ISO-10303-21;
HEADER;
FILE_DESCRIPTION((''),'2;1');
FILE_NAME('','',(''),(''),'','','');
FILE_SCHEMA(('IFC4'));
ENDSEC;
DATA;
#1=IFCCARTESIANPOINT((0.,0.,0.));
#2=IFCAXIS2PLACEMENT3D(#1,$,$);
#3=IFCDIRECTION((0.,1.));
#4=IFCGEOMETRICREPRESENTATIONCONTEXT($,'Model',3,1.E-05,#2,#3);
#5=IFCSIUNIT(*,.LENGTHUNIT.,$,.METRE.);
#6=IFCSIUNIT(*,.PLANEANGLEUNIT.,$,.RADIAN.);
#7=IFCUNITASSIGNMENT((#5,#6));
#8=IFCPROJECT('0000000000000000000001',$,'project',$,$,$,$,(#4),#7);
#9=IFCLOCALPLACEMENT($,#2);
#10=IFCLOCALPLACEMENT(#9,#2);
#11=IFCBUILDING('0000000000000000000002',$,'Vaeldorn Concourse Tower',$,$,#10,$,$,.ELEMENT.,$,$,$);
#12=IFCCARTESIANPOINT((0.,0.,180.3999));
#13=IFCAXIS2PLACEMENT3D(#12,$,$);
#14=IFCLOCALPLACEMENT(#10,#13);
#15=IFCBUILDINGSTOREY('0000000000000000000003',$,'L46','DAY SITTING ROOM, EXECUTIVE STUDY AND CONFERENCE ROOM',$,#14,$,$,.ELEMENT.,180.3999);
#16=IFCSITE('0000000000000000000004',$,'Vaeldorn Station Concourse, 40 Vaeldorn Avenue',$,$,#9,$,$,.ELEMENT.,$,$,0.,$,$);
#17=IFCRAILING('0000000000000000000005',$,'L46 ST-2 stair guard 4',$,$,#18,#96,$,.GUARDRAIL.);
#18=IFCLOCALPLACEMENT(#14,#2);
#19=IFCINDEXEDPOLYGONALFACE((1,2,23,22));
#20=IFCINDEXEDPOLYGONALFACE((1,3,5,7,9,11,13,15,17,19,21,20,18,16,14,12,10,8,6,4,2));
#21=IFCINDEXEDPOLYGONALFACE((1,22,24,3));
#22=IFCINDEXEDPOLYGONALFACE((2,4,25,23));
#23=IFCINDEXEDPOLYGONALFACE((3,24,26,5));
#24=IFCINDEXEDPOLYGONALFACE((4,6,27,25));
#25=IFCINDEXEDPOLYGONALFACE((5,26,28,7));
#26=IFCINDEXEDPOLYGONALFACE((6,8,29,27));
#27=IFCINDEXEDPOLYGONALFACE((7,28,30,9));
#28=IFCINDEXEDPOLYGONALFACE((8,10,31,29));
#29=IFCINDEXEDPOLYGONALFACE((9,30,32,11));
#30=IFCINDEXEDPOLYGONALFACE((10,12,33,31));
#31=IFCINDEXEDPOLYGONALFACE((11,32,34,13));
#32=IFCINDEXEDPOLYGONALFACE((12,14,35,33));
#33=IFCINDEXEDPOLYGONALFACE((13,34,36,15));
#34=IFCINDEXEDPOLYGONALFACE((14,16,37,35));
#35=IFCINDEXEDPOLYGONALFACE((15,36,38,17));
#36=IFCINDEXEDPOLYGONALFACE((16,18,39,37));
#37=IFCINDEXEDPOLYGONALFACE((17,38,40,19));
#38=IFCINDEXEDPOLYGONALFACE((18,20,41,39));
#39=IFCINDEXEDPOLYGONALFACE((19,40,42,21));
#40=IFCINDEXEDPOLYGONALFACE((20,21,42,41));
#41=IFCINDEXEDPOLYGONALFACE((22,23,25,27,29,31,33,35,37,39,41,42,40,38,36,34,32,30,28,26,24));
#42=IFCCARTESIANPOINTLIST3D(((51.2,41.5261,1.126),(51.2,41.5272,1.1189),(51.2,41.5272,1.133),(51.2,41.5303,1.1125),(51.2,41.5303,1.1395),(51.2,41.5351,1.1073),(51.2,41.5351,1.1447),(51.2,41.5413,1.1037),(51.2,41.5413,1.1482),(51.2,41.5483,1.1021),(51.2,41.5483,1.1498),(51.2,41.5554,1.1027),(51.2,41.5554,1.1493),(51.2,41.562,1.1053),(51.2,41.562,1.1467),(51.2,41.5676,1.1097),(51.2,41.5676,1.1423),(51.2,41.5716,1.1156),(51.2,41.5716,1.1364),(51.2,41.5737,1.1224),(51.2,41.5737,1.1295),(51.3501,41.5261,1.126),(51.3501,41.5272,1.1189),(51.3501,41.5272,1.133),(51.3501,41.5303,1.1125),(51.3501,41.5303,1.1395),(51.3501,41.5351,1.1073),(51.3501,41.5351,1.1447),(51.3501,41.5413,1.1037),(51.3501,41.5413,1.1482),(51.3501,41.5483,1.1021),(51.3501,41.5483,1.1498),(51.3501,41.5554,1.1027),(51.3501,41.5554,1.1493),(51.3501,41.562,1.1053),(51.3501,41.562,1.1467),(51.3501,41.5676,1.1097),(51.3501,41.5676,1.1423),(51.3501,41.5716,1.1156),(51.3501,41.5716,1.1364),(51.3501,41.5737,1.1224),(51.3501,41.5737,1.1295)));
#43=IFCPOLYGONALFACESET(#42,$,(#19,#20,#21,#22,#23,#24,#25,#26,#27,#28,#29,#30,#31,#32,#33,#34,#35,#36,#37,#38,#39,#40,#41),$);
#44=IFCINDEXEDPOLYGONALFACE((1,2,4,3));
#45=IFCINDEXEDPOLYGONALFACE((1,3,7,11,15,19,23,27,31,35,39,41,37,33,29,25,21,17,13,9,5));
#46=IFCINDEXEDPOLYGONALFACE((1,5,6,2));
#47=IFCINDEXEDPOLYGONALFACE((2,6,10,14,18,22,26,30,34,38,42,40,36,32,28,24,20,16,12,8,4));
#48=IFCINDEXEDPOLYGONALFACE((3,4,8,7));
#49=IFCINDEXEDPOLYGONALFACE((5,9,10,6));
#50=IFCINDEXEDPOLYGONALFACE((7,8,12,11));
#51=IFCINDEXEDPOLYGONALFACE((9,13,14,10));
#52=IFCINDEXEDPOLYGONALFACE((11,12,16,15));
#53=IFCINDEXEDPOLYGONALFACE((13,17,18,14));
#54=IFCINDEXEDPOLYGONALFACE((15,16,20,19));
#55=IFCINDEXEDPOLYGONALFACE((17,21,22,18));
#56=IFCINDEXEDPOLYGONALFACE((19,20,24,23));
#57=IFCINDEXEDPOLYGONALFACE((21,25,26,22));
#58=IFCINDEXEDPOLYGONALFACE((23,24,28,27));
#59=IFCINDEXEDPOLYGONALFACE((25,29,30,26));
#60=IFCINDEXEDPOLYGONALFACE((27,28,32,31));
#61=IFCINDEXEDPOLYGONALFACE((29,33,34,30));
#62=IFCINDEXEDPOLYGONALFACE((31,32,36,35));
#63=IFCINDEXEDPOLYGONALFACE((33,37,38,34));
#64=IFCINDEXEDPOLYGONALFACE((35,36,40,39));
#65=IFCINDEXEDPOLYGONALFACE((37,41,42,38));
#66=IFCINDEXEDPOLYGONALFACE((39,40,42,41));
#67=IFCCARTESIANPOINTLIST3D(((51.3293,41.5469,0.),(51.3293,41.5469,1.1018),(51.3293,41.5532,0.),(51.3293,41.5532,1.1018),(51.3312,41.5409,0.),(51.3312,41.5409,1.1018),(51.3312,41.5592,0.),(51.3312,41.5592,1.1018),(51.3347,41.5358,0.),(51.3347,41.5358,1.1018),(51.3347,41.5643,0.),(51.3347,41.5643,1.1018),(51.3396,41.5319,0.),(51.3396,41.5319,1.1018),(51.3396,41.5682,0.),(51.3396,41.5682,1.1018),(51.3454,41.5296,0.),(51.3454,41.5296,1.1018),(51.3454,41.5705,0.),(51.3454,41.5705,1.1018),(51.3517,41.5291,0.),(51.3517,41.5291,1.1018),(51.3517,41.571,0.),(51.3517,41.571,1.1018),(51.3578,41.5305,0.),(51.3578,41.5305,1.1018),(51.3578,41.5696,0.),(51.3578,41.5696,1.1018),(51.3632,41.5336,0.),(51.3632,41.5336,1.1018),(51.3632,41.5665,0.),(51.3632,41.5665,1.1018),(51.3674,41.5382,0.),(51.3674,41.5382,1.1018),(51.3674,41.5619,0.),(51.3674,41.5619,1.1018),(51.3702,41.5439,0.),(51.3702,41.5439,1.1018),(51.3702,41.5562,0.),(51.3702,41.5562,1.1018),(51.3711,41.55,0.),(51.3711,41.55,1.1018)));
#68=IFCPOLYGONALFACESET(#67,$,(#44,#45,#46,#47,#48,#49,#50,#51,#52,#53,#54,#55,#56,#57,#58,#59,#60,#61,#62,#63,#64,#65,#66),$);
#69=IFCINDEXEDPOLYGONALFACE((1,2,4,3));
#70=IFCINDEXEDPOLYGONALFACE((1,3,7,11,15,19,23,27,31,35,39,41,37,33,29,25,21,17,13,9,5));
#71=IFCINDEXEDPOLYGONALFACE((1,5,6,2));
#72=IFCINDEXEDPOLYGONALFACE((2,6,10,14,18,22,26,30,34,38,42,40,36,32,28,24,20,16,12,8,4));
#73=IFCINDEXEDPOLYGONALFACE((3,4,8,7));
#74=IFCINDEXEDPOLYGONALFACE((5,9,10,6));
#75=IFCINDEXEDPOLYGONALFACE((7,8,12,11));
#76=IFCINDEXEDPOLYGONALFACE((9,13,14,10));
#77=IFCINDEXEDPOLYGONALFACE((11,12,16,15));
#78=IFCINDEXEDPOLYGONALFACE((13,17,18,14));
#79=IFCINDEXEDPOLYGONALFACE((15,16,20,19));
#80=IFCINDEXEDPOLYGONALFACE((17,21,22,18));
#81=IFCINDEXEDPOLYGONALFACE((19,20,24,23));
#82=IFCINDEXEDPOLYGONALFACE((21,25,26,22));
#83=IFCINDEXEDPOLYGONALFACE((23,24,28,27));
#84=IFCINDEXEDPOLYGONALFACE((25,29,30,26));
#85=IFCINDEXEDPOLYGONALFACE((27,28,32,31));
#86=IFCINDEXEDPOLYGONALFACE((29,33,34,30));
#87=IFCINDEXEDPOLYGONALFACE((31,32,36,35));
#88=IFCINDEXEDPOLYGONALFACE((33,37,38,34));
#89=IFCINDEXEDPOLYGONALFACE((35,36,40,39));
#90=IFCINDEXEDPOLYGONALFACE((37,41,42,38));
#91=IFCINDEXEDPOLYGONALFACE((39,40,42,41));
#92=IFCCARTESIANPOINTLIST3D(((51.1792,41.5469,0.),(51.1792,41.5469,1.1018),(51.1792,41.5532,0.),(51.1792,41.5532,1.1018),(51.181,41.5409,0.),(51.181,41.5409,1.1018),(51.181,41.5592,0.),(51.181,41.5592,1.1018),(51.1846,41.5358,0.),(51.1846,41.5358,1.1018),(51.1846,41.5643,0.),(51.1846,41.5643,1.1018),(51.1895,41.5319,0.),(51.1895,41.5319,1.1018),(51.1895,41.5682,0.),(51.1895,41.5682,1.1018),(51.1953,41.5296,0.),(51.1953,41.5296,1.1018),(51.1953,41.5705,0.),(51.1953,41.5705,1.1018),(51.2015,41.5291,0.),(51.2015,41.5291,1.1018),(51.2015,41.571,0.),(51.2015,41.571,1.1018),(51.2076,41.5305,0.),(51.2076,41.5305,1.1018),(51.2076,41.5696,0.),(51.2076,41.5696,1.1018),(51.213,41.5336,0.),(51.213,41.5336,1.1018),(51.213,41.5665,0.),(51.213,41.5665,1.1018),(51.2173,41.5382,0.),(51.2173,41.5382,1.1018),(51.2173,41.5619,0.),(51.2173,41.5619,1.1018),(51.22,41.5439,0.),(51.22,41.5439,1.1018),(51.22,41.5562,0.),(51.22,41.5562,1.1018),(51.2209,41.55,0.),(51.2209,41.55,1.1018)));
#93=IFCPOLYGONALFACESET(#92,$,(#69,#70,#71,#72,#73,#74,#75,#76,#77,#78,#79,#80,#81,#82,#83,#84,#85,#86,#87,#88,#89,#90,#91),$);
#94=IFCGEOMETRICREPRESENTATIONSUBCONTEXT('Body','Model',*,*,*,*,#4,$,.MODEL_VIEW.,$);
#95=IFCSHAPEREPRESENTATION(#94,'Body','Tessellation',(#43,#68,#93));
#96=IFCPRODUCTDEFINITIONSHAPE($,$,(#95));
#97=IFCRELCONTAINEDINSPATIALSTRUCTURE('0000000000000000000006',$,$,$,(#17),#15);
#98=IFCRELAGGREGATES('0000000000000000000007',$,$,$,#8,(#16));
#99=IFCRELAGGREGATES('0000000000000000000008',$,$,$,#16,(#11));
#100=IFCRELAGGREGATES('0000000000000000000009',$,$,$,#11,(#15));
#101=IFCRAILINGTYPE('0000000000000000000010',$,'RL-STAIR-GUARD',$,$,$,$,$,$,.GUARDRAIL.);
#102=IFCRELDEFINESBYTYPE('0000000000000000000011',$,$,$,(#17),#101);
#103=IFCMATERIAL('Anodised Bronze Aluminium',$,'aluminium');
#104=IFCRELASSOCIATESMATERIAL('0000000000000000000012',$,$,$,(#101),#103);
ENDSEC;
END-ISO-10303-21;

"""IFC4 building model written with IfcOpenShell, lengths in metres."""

from ifc_helpers import new_model, si_unit, direction, frame, origin, origin_2d, place, context, subcontext, project, spatial, circle, extrude, material, type_object, element, save


model = new_model("IFC4")

# Units and contexts
model_context = context("Model", 3, precision=1e-05, world=origin(), true_north=direction((0.0, 1.0)))
body_context = subcontext(model_context, "Body", "Model", "MODEL_VIEW")
ifc_project = project(units=[si_unit("LENGTHUNIT", "METRE"), si_unit("PLANEANGLEUNIT", "RADIAN")], contexts=[model_context])

# Site, building, storey
site_placement = place(None, origin())
site = spatial("IfcSite", under=ifc_project, at=site_placement, Name="Vaeldorn Station Concourse, 40 Vaeldorn Avenue", CompositionType="ELEMENT", RefElevation=0.0)
building_placement = place(site_placement, origin())
building = spatial("IfcBuilding", under=site, at=building_placement, Name="Vaeldorn Concourse Tower", CompositionType="ELEMENT")
storey_placement = place(building_placement, frame((0.0, 0.0, 180.3999)))
storey = spatial("IfcBuildingStorey", under=building, at=storey_placement, Name="L46", Description="DAY SITTING ROOM, EXECUTIVE STUDY AND CONFERENCE ROOM", CompositionType="ELEMENT", Elevation=180.3999)

# Shared definitions
ifc_material_1 = material(Name="Anodised Bronze Aluminium", Category="aluminium")

# Railing
railing_type_1 = type_object("IfcRailingType", Name="RL-STAIR-GUARD", PredefinedType="GUARDRAIL", material=ifc_material_1)
railing_1_placement = place(storey_placement, frame((51.3501, 41.55, 0.0)))
element("IfcRailing", 1, at=railing_1_placement, inside=storey, type_object=railing_type_1, Name="L46 ST-2 stair guard 4", PredefinedType="GUARDRAIL", context=body_context, shape_type="SweptSolid", body=[
    extrude(circle(Radius=0.0239, at=origin_2d()), frame((0.0, 0.0, 1.126), z_axis=(-1.0, 0.0, 0.0), x_axis=(0.0, -1.0, 0.0)), (0.0, 0.0, 1.0), 0.1501),
    extrude(circle(Radius=0.021, at=origin_2d()), origin(), (0.0, 0.0, 1.0), 1.1018),
    extrude(circle(Radius=0.021, at=origin_2d()), frame((-0.1501, 0.0, 0.0)), (0.0, 0.0, 1.0), 1.1018),
])

save(model, "model.ifc")
